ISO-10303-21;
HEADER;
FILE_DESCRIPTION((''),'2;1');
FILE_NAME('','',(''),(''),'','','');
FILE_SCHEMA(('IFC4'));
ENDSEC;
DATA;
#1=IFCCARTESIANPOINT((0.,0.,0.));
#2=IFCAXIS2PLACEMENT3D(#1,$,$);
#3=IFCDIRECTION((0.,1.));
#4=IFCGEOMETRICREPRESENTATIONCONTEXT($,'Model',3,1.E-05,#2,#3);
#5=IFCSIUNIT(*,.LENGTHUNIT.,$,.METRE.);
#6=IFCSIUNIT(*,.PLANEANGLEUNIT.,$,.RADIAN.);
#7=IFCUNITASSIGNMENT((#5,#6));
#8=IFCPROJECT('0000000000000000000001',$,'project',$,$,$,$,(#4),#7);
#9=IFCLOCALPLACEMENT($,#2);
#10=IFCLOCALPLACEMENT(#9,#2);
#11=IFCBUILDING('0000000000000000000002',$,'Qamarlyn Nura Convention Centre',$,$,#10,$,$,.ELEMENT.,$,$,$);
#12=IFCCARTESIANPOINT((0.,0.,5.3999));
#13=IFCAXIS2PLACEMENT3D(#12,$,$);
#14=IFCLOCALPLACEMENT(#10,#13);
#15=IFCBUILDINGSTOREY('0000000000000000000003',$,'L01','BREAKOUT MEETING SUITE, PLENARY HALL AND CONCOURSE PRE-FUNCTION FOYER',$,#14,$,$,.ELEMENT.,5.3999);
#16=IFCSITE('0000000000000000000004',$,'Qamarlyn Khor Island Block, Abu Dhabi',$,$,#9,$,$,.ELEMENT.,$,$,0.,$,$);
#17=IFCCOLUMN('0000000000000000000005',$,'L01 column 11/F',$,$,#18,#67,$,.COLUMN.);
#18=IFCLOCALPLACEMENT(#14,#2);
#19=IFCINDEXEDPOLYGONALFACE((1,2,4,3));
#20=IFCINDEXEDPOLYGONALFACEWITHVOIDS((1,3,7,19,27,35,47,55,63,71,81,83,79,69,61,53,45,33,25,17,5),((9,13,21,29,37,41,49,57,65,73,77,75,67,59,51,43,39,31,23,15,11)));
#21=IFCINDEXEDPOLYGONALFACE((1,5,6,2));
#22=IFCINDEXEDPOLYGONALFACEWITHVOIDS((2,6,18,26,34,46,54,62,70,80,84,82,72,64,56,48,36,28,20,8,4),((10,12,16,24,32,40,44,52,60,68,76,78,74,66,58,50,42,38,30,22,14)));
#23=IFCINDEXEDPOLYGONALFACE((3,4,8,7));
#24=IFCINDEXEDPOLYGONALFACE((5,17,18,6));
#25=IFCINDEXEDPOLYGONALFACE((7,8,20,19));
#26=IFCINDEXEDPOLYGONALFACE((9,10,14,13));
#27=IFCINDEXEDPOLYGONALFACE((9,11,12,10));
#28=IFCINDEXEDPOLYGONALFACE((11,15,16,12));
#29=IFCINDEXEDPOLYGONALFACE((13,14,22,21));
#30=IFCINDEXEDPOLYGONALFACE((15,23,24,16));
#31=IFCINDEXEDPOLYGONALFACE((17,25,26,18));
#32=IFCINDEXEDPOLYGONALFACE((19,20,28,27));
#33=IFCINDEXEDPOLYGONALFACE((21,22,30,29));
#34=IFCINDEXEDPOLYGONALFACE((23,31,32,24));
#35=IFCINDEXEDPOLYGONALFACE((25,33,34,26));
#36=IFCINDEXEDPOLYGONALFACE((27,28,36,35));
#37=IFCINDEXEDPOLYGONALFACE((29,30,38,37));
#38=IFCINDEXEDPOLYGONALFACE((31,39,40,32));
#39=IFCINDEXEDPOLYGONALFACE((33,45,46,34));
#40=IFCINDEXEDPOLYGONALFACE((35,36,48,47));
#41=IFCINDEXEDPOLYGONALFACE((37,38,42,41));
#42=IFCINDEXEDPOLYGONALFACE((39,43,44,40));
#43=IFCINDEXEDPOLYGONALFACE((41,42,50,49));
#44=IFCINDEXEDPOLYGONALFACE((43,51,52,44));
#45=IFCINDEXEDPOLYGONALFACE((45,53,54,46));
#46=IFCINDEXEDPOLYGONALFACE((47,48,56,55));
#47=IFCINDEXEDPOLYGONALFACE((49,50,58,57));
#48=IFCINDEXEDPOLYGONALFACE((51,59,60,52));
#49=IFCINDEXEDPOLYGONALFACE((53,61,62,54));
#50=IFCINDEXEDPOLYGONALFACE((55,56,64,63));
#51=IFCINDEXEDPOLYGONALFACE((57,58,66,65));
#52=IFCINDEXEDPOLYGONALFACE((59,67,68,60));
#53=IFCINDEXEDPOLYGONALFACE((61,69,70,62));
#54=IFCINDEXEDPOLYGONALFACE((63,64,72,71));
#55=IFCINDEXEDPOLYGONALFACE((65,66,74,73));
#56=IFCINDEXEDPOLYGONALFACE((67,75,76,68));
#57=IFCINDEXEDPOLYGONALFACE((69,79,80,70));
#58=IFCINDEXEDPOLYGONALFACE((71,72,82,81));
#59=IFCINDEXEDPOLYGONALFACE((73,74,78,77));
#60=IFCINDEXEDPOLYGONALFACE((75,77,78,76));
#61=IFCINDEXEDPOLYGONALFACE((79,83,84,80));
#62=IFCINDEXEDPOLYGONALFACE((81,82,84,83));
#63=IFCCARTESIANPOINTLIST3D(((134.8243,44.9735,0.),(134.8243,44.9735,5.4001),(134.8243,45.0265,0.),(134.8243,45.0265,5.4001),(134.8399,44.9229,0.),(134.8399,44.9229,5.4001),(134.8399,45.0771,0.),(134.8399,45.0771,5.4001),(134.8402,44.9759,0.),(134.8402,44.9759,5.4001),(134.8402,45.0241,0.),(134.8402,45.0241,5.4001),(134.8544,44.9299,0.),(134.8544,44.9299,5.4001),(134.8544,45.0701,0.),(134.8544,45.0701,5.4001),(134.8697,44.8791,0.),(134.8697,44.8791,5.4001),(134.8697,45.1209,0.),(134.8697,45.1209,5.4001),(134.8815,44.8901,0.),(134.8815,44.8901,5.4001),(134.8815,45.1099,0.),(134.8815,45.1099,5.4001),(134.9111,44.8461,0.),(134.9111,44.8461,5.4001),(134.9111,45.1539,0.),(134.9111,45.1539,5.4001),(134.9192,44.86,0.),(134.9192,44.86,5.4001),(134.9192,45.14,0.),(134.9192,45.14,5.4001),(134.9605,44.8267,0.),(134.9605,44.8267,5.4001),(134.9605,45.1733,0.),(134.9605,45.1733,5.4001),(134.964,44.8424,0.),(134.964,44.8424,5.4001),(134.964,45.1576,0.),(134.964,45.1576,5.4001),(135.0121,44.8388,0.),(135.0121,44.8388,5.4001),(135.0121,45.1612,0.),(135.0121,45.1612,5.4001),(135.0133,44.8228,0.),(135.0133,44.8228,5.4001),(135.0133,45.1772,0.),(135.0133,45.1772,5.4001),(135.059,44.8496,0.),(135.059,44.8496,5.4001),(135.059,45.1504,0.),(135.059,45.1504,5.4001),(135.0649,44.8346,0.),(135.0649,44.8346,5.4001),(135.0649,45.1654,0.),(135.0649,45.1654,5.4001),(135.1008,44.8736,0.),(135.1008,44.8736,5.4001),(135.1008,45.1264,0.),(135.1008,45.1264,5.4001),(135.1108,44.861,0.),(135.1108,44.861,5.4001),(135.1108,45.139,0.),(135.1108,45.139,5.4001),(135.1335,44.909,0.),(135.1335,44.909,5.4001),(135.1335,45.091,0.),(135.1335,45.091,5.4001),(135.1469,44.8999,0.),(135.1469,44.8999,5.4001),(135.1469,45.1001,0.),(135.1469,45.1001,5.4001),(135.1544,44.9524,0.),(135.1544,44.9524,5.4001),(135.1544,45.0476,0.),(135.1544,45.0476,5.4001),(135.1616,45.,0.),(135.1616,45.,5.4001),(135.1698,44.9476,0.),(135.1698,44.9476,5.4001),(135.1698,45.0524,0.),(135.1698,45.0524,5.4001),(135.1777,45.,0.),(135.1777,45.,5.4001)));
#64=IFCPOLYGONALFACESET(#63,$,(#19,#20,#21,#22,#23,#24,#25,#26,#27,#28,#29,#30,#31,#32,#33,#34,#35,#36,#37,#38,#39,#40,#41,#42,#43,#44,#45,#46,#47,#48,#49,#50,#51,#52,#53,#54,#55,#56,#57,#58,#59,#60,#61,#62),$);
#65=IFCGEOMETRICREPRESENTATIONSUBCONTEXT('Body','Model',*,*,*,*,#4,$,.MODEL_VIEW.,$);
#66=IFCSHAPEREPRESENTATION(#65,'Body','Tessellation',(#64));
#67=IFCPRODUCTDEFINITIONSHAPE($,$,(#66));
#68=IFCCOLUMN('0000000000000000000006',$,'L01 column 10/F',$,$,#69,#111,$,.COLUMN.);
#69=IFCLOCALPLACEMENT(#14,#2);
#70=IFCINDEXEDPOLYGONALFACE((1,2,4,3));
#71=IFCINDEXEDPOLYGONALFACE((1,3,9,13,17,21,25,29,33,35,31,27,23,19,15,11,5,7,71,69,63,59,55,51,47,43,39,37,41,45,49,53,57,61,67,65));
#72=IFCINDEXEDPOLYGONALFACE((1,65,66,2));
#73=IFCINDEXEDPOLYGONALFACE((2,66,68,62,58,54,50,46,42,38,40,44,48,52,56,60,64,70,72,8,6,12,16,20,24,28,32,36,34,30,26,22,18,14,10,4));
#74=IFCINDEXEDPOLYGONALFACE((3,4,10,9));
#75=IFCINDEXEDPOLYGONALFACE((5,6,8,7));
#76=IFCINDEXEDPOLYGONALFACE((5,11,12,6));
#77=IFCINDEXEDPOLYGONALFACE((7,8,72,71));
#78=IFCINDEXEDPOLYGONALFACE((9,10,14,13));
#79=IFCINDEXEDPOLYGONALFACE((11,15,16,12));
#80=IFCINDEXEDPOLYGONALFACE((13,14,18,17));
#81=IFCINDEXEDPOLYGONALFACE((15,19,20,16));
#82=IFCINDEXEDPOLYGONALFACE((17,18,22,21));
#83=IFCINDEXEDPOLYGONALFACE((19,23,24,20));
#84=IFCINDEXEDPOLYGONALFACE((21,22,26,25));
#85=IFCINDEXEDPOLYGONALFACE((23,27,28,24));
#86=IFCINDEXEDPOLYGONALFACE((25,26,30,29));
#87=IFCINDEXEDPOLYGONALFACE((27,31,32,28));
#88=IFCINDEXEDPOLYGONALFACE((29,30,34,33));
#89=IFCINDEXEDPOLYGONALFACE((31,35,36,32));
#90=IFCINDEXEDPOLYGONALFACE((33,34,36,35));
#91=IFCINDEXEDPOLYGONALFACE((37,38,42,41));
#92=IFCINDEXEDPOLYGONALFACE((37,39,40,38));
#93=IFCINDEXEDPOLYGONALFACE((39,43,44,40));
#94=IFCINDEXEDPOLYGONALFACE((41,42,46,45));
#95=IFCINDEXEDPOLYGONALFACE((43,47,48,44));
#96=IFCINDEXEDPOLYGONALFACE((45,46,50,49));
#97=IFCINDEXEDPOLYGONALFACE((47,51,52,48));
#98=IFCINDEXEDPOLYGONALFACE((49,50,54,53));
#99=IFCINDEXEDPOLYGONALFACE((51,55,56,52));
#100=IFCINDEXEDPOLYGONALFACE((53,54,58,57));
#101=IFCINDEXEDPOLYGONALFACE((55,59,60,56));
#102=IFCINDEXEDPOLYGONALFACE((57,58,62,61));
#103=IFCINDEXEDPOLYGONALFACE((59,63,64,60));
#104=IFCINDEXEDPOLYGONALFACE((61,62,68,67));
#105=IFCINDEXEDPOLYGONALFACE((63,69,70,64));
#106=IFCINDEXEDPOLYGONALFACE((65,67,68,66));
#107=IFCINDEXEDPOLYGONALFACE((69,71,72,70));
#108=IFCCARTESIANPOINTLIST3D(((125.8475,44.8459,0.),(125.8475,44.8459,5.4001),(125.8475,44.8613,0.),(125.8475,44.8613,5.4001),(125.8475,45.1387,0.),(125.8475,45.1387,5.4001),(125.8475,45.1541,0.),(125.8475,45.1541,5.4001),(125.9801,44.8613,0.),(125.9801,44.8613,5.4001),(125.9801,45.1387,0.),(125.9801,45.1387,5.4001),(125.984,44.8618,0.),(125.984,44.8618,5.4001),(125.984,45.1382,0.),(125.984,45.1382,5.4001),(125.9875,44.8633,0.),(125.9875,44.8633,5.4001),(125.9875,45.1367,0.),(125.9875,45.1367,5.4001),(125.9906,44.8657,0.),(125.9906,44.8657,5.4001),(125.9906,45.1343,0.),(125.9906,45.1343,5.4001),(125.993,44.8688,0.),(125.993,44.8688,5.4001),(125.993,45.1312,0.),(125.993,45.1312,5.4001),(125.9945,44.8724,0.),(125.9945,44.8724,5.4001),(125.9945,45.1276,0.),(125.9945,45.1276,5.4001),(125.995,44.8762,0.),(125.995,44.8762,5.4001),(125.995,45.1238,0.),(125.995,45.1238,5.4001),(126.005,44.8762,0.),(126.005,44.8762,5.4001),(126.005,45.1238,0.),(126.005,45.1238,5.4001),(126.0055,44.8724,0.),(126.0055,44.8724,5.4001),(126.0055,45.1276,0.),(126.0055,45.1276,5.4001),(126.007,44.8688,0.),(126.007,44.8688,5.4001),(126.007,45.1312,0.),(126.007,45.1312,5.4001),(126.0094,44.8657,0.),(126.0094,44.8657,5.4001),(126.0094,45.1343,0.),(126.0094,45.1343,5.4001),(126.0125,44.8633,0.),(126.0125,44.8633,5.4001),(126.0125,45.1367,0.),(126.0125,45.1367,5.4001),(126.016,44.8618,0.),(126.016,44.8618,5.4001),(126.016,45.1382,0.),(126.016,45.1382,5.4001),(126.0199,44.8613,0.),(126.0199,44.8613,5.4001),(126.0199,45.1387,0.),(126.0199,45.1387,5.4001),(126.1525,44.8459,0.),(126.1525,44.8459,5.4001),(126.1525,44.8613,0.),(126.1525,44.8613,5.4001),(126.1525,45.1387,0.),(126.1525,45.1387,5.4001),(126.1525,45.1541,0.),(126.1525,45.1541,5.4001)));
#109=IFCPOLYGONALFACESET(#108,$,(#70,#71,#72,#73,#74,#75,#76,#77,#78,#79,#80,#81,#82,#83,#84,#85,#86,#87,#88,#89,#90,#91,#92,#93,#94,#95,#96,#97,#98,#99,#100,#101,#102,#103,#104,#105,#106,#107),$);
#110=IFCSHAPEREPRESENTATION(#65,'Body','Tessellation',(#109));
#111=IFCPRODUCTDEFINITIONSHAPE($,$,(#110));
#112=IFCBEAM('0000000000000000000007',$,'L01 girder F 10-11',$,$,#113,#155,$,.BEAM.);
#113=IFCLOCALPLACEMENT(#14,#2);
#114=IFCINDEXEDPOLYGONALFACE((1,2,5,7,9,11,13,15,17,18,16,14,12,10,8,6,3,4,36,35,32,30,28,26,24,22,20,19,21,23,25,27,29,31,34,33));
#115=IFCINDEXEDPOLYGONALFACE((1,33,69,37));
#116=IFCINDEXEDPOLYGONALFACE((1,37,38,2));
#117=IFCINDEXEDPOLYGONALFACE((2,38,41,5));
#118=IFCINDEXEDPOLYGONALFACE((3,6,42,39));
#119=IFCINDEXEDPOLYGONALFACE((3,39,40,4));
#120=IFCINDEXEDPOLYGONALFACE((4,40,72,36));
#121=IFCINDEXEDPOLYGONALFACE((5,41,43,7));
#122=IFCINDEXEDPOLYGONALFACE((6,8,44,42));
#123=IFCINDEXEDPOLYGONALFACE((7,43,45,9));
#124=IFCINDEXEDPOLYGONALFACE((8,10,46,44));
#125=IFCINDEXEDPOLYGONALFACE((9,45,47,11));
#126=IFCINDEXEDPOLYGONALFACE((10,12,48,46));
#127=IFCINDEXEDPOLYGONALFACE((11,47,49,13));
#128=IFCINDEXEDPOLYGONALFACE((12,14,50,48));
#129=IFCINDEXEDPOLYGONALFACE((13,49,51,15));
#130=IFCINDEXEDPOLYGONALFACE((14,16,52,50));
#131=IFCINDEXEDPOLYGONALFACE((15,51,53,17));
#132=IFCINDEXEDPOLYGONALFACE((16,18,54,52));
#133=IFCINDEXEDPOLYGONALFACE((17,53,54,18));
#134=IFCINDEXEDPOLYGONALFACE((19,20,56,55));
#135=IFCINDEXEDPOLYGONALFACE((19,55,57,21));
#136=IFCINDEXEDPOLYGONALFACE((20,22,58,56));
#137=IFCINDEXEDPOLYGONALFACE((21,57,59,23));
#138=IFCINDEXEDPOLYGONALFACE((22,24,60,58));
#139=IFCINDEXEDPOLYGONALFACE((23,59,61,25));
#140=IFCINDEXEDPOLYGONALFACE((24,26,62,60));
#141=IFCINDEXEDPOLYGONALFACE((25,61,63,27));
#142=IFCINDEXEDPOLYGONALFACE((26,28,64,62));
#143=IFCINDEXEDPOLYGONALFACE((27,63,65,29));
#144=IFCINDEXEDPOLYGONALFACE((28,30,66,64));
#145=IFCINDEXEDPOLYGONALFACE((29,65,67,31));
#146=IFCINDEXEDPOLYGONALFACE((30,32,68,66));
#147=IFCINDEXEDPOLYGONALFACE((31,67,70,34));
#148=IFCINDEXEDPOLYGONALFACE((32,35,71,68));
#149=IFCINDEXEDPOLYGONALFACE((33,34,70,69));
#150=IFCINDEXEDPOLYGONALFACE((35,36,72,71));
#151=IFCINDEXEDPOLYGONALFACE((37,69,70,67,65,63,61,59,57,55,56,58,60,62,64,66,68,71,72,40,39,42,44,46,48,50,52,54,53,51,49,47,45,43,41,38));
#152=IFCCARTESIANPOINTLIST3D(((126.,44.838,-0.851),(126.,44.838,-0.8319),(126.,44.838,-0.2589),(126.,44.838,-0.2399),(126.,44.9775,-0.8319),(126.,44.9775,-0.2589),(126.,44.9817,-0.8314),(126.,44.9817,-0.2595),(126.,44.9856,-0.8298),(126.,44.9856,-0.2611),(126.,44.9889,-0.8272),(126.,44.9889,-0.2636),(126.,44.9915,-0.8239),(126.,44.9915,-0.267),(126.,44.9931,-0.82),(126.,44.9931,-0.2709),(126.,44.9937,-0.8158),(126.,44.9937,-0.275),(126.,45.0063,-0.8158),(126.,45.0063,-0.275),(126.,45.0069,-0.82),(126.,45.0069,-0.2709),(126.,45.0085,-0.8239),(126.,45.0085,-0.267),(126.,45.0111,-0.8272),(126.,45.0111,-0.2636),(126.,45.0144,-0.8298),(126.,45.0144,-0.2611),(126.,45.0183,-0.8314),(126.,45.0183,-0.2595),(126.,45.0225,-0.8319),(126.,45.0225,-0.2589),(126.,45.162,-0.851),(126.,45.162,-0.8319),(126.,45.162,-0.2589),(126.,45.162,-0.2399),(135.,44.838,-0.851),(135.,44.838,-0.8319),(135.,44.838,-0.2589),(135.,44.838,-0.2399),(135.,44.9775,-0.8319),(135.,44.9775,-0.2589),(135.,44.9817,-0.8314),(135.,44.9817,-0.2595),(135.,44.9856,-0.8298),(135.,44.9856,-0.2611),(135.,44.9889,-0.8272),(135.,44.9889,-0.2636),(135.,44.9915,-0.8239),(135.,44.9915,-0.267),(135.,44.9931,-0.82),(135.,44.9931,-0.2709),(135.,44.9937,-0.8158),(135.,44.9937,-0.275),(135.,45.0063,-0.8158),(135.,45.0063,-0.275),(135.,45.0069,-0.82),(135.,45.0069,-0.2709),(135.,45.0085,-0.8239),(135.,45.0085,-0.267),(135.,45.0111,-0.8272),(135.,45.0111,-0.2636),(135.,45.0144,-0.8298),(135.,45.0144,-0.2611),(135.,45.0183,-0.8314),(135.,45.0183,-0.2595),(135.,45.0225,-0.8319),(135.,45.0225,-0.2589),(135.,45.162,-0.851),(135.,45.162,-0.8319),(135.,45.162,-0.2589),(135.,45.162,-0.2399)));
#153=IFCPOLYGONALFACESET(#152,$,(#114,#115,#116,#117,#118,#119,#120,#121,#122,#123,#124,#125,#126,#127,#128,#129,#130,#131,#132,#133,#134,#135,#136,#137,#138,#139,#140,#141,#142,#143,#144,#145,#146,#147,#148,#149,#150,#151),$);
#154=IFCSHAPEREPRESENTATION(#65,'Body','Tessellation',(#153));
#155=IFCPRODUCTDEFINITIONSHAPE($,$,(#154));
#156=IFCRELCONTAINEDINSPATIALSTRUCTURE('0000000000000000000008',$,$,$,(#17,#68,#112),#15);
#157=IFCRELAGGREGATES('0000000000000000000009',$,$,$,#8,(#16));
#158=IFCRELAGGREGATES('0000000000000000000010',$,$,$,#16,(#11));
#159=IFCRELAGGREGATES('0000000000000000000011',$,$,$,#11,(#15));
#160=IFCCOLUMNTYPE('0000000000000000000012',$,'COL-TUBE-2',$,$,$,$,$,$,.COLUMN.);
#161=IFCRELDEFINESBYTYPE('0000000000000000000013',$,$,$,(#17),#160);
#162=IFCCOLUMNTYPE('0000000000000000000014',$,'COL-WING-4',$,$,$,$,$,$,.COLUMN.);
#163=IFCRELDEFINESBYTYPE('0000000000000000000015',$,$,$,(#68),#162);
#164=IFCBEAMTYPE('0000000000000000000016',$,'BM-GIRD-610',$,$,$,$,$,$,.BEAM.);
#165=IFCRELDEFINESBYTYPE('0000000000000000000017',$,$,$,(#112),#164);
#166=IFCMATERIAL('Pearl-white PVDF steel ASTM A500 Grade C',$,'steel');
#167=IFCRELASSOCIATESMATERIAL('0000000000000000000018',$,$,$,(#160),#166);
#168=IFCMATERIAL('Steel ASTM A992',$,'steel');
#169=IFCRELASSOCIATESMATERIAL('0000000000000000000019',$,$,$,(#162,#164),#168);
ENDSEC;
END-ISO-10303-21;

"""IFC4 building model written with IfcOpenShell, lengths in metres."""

from ifc_helpers import new_model, si_unit, direction, frame, origin, origin_2d, place, context, subcontext, project, spatial, hollow_circle, i_section, extrude, material, material_profile, profile_set, type_object, element, save


model = new_model("IFC4")

# Units and contexts
model_context = context("Model", 3, precision=1e-05, world=origin(), true_north=direction((0.0, 1.0)))
body_context = subcontext(model_context, "Body", "Model", "MODEL_VIEW")
ifc_project = project(units=[si_unit("LENGTHUNIT", "METRE"), si_unit("PLANEANGLEUNIT", "RADIAN")], contexts=[model_context])

# Site, building, storey
site_placement = place(None, origin())
site = spatial("IfcSite", under=ifc_project, at=site_placement, Name="Qamarlyn Khor Island Block, Abu Dhabi", CompositionType="ELEMENT", RefElevation=0.0)
building_placement = place(site_placement, origin())
building = spatial("IfcBuilding", under=site, at=building_placement, Name="Qamarlyn Nura Convention Centre", CompositionType="ELEMENT")
storey_placement = place(building_placement, frame((0.0, 0.0, 5.3999)))
storey = spatial("IfcBuildingStorey", under=building, at=storey_placement, Name="L01", Description="BREAKOUT MEETING SUITE, PLENARY HALL AND CONCOURSE PRE-FUNCTION FOYER", CompositionType="ELEMENT", Elevation=5.3999)

# Columns
ifc_material_1 = material(Name="Pearl-white PVDF steel ASTM A500 Grade C", Category="steel")
ifc_material_profile_1 = material_profile(ifc_material_1, hollow_circle(Radius=0.1777, WallThickness=0.0161, at=origin_2d()), Name="CHS355.6X16")
ifc_profile_set_1 = profile_set([ifc_material_profile_1], Name="Pearl-white PVDF steel ASTM A500 Grade C")
column_type_1 = type_object("IfcColumnType", Name="COL-TUBE-2", PredefinedType="COLUMN", material=ifc_profile_set_1)
column_1_placement = place(storey_placement, frame((135.0, 45.0, 0.0), z_axis=(0.0, 0.0, 1.0), x_axis=(1.0, 0.0, 0.0)))
element("IfcColumn", 1, at=column_1_placement, inside=storey, type_object=column_type_1, Name="L01 column 11/F", PredefinedType="COLUMN", context=body_context, shape_type="SweptSolid", body=[
    extrude(hollow_circle(Radius=0.1777, WallThickness=0.0161, at=origin_2d()), origin(), (0.0, 0.0, 1.0), 5.4001),
])
ifc_material_2 = material(Name="Steel ASTM A992", Category="steel")
ifc_material_profile_2 = material_profile(ifc_material_2, i_section(OverallWidth=0.3049, OverallDepth=0.3081, WebThickness=0.01, FlangeThickness=0.0154, FilletRadius=0.0149, at=origin_2d()), Name="W310X97")
ifc_profile_set_2 = profile_set([ifc_material_profile_2], Name="Steel ASTM A992")
column_type_2 = type_object("IfcColumnType", Name="COL-WING-4", PredefinedType="COLUMN", material=ifc_profile_set_2)
column_2_placement = place(storey_placement, frame((126.0, 45.0, 0.0), z_axis=(0.0, 0.0, 1.0), x_axis=(1.0, 0.0, 0.0)))
element("IfcColumn", 2, at=column_2_placement, inside=storey, type_object=column_type_2, Name="L01 column 10/F", PredefinedType="COLUMN", context=body_context, shape_type="SweptSolid", body=[
    extrude(i_section(OverallWidth=0.3049, OverallDepth=0.3081, WebThickness=0.01, FlangeThickness=0.0154, FilletRadius=0.0149, at=origin_2d()), origin(), (0.0, 0.0, 1.0), 5.4001),
])

# Beam
ifc_material_profile_3 = material_profile(ifc_material_2, i_section(OverallWidth=0.324, OverallDepth=0.6111, WebThickness=0.0127, FlangeThickness=0.019, FilletRadius=0.0161, at=origin_2d()), Name="W610X155")
ifc_profile_set_3 = profile_set([ifc_material_profile_3], Name="Steel ASTM A992")
beam_type_1 = type_object("IfcBeamType", Name="BM-GIRD-610", PredefinedType="BEAM", material=ifc_profile_set_3)
beam_1_placement = place(storey_placement, frame((126.0, 45.0, -0.5454), z_axis=(1.0, 0.0, 0.0), x_axis=(0.0, 1.0, 0.0)))
element("IfcBeam", 3, at=beam_1_placement, inside=storey, type_object=beam_type_1, Name="L01 girder F 10-11", PredefinedType="BEAM", context=body_context, shape_type="SweptSolid", body=[
    extrude(i_section(OverallWidth=0.324, OverallDepth=0.6111, WebThickness=0.0127, FlangeThickness=0.019, FilletRadius=0.0161, at=origin_2d()), origin(), (0.0, 0.0, 1.0), 9.0),
])

save(model, "model.ifc")
